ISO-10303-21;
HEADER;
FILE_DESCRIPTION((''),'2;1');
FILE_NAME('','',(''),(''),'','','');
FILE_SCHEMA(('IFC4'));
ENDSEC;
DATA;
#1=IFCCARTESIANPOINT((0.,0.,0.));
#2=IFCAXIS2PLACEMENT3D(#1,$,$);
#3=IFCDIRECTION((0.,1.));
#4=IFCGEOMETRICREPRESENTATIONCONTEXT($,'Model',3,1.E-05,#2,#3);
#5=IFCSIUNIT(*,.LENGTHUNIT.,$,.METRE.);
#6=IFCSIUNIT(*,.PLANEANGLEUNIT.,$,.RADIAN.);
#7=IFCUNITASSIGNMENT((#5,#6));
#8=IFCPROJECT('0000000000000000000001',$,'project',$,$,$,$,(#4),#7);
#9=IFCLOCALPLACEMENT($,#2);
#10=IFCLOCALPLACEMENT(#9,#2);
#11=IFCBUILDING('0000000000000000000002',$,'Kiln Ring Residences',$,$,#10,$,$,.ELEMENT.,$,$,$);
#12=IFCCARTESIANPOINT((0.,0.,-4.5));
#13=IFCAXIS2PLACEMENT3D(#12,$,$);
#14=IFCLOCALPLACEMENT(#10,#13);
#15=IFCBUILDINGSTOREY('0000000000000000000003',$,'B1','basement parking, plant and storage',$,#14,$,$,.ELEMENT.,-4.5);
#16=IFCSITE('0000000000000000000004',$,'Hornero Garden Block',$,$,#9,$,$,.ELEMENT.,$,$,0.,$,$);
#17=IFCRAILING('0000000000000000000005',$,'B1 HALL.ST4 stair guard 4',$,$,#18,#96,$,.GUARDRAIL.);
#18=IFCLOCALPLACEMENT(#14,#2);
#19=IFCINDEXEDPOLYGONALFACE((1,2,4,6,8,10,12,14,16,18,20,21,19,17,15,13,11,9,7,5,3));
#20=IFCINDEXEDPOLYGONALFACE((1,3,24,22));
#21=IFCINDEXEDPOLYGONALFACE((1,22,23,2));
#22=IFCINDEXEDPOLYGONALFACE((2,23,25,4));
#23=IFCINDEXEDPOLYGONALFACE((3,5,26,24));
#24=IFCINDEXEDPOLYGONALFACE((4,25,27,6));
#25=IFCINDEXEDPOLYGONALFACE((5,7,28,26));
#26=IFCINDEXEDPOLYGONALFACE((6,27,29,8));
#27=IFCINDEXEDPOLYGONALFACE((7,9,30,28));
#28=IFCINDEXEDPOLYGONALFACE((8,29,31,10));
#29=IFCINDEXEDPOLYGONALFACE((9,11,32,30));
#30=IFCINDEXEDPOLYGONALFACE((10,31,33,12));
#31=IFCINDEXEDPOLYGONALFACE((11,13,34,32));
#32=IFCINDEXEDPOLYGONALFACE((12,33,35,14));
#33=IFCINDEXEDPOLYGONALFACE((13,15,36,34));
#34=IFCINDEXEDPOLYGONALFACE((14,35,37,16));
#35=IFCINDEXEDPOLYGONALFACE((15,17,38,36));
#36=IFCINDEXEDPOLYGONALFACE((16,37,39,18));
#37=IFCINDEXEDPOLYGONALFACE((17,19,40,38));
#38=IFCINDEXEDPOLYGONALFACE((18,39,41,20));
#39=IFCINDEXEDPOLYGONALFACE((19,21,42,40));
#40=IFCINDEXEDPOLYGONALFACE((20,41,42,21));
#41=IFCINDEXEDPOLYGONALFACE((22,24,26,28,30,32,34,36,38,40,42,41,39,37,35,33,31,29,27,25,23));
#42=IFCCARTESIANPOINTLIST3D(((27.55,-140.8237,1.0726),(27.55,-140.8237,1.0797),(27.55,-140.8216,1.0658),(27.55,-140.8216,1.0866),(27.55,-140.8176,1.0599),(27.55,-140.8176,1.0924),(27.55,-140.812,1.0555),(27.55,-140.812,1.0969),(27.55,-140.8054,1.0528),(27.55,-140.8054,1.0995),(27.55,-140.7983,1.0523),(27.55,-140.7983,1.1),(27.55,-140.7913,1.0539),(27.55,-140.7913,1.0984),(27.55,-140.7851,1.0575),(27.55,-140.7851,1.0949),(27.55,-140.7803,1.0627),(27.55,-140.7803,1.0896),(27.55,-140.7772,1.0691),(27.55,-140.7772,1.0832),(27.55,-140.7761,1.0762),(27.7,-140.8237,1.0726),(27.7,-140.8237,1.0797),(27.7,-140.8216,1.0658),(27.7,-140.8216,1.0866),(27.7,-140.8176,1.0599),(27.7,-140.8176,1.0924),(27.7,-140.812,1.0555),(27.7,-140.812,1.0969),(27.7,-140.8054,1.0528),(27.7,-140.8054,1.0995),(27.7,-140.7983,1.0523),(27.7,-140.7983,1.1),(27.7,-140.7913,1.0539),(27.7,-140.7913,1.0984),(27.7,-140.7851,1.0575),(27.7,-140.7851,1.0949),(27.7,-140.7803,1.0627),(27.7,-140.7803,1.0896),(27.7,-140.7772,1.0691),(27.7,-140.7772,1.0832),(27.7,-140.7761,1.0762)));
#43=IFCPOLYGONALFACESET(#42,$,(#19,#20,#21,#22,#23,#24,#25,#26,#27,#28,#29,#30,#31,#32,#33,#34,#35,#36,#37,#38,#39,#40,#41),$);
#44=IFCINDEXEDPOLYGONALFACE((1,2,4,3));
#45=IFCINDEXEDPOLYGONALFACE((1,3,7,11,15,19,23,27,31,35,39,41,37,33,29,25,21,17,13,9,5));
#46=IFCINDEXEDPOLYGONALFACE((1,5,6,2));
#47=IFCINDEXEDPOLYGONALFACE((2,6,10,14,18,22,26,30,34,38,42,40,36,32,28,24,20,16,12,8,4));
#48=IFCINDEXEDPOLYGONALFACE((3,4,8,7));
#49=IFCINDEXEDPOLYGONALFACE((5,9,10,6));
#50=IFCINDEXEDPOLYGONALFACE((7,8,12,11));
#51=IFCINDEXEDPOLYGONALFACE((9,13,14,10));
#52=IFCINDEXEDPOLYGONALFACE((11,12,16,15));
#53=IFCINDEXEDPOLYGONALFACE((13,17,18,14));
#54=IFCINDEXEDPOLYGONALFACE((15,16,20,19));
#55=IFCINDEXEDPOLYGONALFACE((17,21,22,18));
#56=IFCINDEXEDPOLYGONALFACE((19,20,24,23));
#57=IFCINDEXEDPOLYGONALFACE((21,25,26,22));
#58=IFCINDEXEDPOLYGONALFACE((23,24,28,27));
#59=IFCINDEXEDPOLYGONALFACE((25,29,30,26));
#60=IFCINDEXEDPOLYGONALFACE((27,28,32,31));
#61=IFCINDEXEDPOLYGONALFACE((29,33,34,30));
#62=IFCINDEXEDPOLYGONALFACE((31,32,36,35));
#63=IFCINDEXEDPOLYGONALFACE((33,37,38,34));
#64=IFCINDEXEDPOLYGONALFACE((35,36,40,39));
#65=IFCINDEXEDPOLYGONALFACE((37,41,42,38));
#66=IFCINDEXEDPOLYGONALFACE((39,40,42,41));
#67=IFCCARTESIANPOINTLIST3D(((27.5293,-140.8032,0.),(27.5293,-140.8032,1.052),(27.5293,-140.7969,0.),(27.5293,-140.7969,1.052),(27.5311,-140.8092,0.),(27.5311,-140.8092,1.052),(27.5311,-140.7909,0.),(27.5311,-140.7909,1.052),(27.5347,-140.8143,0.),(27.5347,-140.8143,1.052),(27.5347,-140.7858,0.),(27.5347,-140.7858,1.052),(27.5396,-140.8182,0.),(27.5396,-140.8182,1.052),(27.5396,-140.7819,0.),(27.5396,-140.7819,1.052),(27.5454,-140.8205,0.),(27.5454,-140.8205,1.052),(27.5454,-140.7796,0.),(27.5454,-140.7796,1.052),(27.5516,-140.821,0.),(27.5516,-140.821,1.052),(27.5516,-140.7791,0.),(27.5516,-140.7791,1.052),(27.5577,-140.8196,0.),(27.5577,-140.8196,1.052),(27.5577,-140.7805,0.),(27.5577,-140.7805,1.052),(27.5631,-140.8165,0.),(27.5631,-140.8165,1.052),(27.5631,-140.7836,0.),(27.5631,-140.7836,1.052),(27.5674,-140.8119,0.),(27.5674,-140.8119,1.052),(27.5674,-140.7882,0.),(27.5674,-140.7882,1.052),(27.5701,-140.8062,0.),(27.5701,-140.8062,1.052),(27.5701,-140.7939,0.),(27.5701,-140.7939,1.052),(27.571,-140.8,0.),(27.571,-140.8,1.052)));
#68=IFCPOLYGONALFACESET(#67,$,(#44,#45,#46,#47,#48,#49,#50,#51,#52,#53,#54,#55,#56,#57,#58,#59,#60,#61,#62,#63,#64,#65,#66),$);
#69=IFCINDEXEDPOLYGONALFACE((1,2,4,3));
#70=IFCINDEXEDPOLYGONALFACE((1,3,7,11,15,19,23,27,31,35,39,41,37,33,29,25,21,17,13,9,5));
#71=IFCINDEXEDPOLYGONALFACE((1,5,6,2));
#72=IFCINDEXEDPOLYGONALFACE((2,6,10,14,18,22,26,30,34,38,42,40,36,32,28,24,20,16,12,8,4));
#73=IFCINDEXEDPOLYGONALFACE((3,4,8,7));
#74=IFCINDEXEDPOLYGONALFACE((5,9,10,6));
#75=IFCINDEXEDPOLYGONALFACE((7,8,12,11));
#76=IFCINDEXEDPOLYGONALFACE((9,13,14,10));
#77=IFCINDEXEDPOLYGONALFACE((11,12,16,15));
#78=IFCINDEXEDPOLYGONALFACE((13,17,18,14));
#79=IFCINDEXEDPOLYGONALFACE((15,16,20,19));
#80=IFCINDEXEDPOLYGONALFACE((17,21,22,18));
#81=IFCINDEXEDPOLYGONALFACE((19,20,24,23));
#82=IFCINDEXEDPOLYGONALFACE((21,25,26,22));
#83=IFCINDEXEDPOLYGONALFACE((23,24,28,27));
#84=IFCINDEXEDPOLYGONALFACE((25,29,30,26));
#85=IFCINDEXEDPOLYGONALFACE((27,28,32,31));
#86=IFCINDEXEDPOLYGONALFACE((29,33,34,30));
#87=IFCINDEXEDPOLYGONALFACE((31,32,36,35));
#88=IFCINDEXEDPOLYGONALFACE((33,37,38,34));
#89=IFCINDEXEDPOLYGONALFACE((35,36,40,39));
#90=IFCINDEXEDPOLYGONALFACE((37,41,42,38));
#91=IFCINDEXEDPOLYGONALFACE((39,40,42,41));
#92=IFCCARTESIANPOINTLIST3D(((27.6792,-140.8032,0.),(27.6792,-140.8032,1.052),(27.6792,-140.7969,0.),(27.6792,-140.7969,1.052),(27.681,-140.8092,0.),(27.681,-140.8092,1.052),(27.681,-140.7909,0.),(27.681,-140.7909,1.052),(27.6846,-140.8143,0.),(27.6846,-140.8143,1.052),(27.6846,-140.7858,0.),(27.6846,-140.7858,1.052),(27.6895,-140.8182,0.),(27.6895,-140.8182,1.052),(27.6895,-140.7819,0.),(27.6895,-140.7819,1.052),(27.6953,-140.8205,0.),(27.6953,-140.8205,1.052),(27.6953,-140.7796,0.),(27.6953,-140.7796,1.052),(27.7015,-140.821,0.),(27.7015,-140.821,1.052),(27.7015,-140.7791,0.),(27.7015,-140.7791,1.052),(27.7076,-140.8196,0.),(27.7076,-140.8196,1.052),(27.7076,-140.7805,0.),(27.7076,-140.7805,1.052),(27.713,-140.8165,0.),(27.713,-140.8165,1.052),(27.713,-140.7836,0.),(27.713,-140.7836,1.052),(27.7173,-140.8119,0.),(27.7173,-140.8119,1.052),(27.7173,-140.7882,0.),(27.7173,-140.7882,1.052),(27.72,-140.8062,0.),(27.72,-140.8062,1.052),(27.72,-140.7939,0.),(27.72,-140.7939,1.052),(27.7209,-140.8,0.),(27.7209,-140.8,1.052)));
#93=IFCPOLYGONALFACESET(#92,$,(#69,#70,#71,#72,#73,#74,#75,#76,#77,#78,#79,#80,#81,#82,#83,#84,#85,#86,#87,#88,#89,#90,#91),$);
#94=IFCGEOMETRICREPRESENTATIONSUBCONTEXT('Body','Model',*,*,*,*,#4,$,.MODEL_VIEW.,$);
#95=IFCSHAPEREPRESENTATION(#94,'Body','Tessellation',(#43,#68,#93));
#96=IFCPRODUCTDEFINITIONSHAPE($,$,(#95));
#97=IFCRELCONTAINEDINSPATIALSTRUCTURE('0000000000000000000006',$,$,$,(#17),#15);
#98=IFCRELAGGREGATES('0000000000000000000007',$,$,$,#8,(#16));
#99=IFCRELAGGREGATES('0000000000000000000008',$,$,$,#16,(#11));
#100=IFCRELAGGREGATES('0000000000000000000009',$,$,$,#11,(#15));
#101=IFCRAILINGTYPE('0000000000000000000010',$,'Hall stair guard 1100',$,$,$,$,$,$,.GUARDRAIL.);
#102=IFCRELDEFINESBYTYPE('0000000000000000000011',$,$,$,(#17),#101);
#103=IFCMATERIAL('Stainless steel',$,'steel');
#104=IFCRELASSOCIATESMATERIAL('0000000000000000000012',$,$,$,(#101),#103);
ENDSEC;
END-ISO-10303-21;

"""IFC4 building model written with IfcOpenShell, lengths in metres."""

from ifc_helpers import new_model, si_unit, direction, frame, origin, origin_2d, place, context, subcontext, project, spatial, circle, extrude, material, type_object, element, save


model = new_model("IFC4")

# Units and contexts
model_context = context("Model", 3, precision=1e-05, world=origin(), true_north=direction((0.0, 1.0)))
body_context = subcontext(model_context, "Body", "Model", "MODEL_VIEW")
ifc_project = project(units=[si_unit("LENGTHUNIT", "METRE"), si_unit("PLANEANGLEUNIT", "RADIAN")], contexts=[model_context])

# Site, building, storey
site_placement = place(None, origin())
site = spatial("IfcSite", under=ifc_project, at=site_placement, Name="Hornero Garden Block", CompositionType="ELEMENT", RefElevation=0.0)
building_placement = place(site_placement, origin())
building = spatial("IfcBuilding", under=site, at=building_placement, Name="Kiln Ring Residences", CompositionType="ELEMENT")
storey_placement = place(building_placement, frame((0.0, 0.0, -4.5)))
storey = spatial("IfcBuildingStorey", under=building, at=storey_placement, Name="B1", Description="basement parking, plant and storage", CompositionType="ELEMENT", Elevation=-4.5)

# Railing
ifc_material_1 = material(Name="Stainless steel", Category="steel")
railing_type_1 = type_object("IfcRailingType", Name="Hall stair guard 1100", PredefinedType="GUARDRAIL", material=ifc_material_1)
railing_1_placement = place(storey_placement, frame((27.55, -140.8, 0.0)))
element("IfcRailing", 1, at=railing_1_placement, inside=storey, type_object=railing_type_1, Name="B1 HALL.ST4 stair guard 4", PredefinedType="GUARDRAIL", context=body_context, shape_type="SweptSolid", body=[
    extrude(circle(Radius=0.0239, at=origin_2d()), frame((0.0, 0.0, 1.0762), z_axis=(1.0, 0.0, 0.0), x_axis=(0.0, 1.0, 0.0)), (0.0, 0.0, 1.0), 0.1499),
    extrude(circle(Radius=0.021, at=origin_2d()), origin(), (0.0, 0.0, 1.0), 1.052),
    extrude(circle(Radius=0.021, at=origin_2d()), frame((0.1499, 0.0, 0.0)), (0.0, 0.0, 1.0), 1.052),
])

save(model, "model.ifc")
